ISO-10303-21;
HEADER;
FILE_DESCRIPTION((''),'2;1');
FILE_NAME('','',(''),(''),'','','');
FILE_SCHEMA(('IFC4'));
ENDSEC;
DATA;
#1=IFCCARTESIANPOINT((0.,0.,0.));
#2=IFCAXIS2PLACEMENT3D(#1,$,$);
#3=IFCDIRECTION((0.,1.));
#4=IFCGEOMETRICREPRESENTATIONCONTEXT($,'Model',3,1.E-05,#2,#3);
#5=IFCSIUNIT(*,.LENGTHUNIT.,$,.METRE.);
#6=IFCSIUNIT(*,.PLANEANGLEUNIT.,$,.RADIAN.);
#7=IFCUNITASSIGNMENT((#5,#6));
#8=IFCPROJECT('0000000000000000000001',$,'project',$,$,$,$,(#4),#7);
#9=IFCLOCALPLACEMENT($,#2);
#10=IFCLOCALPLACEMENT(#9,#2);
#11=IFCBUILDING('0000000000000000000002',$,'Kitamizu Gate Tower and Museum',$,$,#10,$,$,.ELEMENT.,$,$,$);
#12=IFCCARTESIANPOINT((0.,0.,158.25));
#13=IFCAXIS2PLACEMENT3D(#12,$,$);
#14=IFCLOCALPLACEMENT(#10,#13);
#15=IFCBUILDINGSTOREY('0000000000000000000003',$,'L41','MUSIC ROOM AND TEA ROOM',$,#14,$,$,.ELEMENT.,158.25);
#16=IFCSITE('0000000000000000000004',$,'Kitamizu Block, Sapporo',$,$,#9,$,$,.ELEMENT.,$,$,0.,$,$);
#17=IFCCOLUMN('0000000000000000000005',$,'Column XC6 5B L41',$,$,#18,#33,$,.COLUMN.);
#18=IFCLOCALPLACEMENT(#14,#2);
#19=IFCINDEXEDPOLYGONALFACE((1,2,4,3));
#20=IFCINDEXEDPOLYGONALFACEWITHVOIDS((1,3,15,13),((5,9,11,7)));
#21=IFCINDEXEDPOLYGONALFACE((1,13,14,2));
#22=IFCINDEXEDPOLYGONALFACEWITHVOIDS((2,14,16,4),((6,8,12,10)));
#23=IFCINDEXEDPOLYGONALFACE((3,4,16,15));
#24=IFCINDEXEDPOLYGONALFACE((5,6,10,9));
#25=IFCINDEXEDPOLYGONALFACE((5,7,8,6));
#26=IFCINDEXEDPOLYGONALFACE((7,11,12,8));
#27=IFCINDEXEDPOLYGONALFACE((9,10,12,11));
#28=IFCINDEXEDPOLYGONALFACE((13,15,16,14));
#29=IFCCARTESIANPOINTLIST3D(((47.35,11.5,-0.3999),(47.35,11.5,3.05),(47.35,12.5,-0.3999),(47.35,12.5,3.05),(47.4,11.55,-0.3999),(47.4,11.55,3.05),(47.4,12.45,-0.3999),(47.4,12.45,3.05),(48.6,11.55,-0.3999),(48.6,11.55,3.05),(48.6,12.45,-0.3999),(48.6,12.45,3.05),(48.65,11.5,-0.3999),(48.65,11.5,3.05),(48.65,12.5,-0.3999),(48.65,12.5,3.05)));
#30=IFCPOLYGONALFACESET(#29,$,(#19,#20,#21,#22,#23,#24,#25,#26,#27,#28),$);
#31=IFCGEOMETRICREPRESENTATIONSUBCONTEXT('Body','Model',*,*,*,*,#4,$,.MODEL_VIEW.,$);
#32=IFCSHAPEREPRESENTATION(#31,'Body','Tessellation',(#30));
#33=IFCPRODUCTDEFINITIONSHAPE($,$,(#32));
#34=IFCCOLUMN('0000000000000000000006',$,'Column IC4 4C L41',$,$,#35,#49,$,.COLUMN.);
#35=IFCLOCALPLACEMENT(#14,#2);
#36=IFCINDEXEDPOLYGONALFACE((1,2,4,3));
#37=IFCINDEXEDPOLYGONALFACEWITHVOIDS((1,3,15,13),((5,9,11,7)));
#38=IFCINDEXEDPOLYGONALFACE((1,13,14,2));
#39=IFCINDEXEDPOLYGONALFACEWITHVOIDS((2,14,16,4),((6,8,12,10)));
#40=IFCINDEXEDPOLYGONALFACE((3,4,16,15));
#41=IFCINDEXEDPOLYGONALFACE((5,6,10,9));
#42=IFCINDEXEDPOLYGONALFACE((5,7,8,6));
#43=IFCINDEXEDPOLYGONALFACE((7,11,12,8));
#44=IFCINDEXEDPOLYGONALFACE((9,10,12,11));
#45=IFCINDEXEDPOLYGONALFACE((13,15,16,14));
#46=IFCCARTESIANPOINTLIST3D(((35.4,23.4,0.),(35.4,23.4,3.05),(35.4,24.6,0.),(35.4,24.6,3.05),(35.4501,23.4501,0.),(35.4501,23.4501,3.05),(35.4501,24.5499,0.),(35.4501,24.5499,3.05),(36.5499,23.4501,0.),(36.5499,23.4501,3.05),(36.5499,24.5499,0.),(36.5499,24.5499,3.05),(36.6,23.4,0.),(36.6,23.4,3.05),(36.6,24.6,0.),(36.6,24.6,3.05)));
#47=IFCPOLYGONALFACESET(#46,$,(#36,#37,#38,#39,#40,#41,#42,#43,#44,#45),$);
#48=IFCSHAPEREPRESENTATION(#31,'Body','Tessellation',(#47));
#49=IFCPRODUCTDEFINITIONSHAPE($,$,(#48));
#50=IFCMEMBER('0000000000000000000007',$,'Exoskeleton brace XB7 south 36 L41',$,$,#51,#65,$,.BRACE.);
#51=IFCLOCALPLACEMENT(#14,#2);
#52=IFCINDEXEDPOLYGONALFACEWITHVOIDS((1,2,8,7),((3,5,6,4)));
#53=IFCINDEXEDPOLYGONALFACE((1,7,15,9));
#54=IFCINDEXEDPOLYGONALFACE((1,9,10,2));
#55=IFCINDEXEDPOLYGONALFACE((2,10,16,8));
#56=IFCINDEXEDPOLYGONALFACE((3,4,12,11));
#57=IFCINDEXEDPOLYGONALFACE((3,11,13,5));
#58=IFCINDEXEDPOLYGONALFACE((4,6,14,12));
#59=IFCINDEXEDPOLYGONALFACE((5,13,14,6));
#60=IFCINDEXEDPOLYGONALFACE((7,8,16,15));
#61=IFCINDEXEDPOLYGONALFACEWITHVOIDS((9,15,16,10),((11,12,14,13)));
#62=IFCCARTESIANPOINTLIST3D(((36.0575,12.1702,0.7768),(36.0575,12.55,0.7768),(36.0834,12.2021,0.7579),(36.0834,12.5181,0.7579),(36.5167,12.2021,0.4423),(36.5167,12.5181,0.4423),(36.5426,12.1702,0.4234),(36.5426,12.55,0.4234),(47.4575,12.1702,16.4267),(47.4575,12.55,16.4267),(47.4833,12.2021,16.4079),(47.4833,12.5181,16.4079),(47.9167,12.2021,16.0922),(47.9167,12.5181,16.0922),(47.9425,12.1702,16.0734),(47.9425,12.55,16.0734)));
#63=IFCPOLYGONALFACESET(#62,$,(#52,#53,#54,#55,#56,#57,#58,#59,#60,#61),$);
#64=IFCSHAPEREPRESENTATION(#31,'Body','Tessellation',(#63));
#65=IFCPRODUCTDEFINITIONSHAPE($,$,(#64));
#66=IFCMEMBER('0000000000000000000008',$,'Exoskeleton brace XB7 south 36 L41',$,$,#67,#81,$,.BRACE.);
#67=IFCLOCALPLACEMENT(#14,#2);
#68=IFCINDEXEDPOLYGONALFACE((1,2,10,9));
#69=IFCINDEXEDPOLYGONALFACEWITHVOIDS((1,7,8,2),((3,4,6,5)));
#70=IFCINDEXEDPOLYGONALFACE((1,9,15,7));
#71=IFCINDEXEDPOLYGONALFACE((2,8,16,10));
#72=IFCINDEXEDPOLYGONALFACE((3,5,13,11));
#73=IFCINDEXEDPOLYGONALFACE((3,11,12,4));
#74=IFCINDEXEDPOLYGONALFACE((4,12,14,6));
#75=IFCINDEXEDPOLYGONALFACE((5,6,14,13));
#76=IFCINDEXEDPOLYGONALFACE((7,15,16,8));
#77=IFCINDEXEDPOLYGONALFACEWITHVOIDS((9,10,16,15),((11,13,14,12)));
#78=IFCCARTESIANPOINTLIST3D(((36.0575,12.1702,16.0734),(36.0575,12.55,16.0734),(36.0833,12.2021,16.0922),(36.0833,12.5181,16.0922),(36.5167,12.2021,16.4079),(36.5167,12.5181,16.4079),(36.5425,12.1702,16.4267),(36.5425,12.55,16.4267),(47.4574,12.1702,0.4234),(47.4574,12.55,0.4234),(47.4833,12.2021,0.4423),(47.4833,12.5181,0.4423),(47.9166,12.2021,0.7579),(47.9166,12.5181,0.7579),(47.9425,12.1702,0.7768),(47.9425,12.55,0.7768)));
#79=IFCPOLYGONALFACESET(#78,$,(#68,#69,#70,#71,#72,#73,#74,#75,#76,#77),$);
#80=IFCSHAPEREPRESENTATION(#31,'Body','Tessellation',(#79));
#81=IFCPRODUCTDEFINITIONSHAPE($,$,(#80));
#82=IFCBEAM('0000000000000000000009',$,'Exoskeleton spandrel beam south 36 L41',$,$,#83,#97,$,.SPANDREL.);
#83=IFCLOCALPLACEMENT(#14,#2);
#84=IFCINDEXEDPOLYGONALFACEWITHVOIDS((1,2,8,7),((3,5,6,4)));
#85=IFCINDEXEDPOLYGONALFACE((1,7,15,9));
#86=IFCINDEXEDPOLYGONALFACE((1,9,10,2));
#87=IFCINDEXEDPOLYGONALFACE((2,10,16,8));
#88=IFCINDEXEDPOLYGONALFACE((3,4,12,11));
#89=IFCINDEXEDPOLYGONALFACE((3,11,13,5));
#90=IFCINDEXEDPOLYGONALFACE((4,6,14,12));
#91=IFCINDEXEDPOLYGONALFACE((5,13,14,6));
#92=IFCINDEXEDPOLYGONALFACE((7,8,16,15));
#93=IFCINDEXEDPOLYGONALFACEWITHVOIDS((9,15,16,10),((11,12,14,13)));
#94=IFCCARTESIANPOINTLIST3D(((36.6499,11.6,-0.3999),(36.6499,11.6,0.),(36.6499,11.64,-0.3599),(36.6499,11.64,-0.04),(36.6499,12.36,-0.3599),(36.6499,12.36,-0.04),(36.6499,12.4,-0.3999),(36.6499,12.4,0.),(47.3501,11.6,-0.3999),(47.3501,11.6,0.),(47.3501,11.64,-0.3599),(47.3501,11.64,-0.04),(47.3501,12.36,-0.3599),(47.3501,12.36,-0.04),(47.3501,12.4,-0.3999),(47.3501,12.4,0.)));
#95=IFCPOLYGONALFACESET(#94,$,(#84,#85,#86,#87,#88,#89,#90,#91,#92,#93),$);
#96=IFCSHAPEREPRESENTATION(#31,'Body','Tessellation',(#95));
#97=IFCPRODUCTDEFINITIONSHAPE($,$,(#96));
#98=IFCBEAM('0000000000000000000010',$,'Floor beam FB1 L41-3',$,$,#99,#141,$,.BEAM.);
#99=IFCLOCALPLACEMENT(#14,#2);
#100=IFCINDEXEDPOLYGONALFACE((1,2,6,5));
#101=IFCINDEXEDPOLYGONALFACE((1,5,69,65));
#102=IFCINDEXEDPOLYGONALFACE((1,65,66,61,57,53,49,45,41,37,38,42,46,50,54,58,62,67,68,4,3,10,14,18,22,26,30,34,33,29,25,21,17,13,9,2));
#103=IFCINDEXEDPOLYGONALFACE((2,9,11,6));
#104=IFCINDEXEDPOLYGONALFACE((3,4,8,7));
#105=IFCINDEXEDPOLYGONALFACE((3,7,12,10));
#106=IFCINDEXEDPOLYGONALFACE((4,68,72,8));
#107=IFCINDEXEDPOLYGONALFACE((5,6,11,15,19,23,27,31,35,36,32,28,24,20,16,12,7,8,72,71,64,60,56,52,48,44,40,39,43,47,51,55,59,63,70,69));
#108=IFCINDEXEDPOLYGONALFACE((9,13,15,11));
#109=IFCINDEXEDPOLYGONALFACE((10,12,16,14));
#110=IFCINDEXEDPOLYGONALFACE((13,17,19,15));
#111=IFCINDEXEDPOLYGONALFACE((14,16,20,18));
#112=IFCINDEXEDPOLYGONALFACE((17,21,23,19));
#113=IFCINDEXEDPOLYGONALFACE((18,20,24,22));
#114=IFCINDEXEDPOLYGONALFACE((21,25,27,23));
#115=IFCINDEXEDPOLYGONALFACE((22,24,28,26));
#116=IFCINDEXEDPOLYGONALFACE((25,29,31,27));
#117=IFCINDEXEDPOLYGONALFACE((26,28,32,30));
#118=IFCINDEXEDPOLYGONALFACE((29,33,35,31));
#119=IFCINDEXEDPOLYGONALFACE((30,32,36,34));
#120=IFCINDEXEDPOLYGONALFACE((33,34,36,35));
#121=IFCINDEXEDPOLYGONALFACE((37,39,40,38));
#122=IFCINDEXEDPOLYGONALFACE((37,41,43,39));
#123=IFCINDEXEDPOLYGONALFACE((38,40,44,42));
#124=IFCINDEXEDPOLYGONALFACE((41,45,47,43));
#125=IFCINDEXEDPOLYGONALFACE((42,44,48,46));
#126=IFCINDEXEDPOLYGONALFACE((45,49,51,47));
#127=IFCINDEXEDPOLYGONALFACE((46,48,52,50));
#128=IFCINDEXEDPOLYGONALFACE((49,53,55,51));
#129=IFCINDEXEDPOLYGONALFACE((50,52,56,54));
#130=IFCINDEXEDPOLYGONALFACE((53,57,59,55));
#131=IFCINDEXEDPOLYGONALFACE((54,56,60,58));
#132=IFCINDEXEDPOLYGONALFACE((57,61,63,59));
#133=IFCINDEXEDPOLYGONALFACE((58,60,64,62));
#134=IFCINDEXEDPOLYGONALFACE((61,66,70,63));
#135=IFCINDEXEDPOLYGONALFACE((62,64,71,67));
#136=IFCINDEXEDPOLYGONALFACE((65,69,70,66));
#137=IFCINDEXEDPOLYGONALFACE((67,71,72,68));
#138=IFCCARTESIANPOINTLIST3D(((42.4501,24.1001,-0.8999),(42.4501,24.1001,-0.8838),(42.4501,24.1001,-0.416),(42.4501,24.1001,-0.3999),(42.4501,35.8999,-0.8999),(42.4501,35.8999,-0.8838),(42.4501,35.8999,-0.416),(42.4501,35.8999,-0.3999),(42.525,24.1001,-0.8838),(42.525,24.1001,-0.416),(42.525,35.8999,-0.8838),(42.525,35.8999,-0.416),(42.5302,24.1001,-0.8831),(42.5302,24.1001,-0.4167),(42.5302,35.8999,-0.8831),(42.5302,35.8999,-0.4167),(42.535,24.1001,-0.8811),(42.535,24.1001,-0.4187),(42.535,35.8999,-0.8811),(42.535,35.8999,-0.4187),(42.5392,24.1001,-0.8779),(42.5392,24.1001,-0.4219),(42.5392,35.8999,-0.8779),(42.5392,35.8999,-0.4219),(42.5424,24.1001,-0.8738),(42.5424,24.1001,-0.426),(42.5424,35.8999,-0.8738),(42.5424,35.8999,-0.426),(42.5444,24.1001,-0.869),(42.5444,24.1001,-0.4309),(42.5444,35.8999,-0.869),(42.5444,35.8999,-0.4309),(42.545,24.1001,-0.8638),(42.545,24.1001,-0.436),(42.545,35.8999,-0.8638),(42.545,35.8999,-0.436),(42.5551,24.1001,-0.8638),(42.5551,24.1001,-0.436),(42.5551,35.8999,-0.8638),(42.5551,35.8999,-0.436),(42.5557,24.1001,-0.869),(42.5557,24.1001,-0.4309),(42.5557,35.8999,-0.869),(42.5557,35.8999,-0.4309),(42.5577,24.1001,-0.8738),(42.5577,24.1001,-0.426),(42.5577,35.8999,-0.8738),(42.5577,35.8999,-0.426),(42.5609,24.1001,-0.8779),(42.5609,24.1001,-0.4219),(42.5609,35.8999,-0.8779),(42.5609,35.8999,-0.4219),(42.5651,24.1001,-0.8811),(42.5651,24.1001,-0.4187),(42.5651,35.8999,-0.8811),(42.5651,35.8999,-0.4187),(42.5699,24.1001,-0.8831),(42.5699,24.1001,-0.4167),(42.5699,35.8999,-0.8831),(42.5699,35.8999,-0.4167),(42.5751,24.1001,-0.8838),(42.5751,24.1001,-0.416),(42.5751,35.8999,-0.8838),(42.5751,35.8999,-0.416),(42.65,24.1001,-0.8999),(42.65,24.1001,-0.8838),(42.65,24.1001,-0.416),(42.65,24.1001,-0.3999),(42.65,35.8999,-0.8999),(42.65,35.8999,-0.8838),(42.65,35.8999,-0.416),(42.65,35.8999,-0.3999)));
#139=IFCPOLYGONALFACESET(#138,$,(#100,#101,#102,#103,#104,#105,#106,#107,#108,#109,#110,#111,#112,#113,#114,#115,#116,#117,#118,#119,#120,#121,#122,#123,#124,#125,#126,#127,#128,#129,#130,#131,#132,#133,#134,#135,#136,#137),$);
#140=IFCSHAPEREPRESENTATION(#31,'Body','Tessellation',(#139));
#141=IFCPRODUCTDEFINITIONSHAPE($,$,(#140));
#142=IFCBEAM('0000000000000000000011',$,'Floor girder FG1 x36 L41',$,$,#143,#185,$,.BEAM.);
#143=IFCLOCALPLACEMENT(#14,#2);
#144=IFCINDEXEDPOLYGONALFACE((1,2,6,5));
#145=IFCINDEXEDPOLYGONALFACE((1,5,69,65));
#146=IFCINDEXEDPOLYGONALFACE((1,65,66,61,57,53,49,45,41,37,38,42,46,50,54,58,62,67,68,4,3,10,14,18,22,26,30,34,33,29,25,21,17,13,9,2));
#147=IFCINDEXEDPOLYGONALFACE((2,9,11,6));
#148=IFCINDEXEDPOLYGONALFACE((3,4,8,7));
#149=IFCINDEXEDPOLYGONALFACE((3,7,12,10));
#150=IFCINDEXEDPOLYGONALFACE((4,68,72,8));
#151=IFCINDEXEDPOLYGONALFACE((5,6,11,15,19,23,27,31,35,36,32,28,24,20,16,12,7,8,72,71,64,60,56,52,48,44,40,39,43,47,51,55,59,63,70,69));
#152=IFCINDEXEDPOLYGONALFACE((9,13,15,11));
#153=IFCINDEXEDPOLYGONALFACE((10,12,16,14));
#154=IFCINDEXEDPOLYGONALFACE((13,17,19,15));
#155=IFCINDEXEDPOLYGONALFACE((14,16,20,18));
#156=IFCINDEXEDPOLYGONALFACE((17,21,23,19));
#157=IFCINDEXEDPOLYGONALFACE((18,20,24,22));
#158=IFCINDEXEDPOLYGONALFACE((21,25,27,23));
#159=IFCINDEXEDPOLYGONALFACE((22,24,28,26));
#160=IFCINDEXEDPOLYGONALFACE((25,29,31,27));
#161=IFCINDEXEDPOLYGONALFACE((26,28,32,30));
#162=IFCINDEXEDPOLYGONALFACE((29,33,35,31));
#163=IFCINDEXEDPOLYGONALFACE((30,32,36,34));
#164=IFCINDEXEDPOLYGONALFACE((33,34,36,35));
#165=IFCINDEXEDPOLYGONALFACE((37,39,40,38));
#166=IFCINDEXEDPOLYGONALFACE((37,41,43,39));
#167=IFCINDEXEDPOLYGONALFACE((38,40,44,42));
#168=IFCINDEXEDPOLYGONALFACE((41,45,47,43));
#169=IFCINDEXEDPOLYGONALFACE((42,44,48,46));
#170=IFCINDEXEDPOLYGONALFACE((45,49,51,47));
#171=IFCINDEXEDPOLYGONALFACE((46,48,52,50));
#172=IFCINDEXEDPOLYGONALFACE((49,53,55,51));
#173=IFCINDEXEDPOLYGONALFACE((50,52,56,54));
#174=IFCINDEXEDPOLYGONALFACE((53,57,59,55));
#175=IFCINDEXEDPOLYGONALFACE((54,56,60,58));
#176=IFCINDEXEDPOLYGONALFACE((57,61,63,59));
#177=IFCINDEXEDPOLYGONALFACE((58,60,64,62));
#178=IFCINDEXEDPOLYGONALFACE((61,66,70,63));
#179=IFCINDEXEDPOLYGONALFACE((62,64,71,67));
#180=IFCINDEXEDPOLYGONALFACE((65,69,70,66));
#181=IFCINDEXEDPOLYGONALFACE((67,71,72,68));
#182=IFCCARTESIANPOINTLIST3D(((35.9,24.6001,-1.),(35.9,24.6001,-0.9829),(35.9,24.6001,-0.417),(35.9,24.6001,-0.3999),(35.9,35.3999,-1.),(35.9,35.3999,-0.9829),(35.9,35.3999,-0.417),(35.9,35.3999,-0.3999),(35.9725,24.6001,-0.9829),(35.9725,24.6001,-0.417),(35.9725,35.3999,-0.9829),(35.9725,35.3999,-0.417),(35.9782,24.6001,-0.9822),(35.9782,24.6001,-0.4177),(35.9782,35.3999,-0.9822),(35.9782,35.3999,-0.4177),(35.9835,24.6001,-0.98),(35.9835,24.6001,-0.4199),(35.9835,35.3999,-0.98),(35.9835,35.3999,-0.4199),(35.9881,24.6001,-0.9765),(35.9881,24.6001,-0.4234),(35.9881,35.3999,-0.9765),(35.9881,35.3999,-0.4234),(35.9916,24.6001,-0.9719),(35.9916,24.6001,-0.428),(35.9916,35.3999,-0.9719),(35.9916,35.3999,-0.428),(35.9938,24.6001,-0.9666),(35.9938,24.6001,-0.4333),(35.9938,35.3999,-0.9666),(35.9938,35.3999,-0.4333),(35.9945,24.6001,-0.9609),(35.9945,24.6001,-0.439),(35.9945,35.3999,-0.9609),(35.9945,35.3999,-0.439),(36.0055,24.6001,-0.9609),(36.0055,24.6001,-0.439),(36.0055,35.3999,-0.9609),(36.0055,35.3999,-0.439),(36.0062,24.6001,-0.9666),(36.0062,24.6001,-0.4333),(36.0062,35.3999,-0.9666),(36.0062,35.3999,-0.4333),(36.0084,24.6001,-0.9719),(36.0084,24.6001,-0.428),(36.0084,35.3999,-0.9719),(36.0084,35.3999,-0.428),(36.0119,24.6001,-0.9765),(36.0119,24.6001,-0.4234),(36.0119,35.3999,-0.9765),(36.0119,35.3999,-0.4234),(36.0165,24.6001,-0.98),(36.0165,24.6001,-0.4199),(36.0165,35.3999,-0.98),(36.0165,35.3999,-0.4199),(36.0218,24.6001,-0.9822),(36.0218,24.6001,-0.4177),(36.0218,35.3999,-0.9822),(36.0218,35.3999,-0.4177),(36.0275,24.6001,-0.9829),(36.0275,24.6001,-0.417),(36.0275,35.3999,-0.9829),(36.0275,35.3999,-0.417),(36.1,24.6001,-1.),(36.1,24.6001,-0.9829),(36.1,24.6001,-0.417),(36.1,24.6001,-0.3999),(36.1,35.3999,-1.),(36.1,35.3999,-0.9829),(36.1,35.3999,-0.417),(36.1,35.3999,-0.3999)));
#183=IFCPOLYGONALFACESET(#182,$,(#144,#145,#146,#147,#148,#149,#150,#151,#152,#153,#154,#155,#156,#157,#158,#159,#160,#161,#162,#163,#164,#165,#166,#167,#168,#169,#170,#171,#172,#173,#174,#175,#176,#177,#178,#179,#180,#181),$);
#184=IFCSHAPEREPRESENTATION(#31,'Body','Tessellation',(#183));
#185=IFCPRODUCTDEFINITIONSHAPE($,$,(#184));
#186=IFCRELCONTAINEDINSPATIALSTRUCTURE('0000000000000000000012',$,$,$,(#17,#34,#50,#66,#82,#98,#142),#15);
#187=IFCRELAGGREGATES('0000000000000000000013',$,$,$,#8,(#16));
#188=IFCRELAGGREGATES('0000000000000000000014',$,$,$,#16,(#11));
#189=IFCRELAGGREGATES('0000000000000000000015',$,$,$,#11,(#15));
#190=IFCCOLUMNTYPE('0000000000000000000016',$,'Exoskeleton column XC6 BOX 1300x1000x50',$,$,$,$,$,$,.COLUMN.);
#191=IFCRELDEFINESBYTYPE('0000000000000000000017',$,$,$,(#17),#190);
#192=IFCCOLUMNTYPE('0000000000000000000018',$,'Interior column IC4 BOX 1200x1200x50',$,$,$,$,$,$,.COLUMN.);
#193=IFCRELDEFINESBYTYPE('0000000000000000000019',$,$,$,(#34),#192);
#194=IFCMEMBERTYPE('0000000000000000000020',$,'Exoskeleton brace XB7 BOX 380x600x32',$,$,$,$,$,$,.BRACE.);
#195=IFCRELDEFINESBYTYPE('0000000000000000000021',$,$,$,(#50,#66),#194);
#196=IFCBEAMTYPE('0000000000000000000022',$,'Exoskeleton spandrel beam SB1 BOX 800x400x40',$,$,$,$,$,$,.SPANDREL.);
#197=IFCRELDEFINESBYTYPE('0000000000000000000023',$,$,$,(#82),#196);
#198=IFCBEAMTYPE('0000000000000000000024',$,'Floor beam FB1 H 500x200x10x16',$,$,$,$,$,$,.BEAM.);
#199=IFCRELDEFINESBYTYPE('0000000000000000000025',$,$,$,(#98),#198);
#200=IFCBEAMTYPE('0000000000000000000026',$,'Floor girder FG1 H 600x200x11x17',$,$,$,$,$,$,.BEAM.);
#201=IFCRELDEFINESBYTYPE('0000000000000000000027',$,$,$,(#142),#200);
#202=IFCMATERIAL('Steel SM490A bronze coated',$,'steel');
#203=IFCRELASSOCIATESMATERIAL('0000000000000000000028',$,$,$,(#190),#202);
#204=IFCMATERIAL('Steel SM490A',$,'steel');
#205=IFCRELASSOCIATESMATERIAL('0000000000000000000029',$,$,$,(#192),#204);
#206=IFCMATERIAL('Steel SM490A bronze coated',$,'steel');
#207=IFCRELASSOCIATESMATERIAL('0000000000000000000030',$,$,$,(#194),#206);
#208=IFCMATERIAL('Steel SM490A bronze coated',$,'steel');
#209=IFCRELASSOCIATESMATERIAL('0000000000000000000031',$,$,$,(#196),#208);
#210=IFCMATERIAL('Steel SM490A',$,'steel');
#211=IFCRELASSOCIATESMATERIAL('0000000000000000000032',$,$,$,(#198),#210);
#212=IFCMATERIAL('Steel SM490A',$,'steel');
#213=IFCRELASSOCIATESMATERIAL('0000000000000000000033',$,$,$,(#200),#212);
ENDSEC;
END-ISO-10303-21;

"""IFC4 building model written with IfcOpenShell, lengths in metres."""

from ifc_helpers import new_model, si_unit, direction, frame, origin, origin_2d, place, context, subcontext, project, spatial, hollow_rectangle, i_section, extrude, material, material_profile, profile_set, type_object, element, save


model = new_model("IFC4")

# Units and contexts
model_context = context("Model", 3, precision=1e-05, world=origin(), true_north=direction((0.0, 1.0)))
body_context = subcontext(model_context, "Body", "Model", "MODEL_VIEW")
ifc_project = project(units=[si_unit("LENGTHUNIT", "METRE"), si_unit("PLANEANGLEUNIT", "RADIAN")], contexts=[model_context])

# Site, building, storey
site_placement = place(None, origin())
site = spatial("IfcSite", under=ifc_project, at=site_placement, Name="Kitamizu Block, Sapporo", CompositionType="ELEMENT", RefElevation=0.0)
building_placement = place(site_placement, origin())
building = spatial("IfcBuilding", under=site, at=building_placement, Name="Kitamizu Gate Tower and Museum", CompositionType="ELEMENT")
storey_placement = place(building_placement, frame((0.0, 0.0, 158.25)))
storey = spatial("IfcBuildingStorey", under=building, at=storey_placement, Name="L41", Description="MUSIC ROOM AND TEA ROOM", CompositionType="ELEMENT", Elevation=158.25)

# Columns
ifc_material_1 = material(Name="Steel SM490A bronze coated", Category="steel")
ifc_material_profile_1 = material_profile(ifc_material_1, hollow_rectangle(XDim=1.3, YDim=1.0, WallThickness=0.05, at=origin_2d()), Name="BOX 1300x1000x50")
ifc_profile_set_1 = profile_set([ifc_material_profile_1], Name="Steel SM490A bronze coated")
column_type_1 = type_object("IfcColumnType", Name="Exoskeleton column XC6 BOX 1300x1000x50", PredefinedType="COLUMN", material=ifc_profile_set_1)
column_1_placement = place(storey_placement, frame((48.0, 12.0, -0.3999), z_axis=(0.0, 0.0, 1.0), x_axis=(1.0, 0.0, 0.0)))
element("IfcColumn", 1, at=column_1_placement, inside=storey, type_object=column_type_1, Name="Column XC6 5B L41", PredefinedType="COLUMN", context=body_context, shape_type="SweptSolid", body=[
    extrude(hollow_rectangle(XDim=1.3, YDim=1.0, WallThickness=0.05, at=origin_2d()), origin(), (0.0, 0.0, 1.0), 3.45),
])
ifc_material_2 = material(Name="Steel SM490A", Category="steel")
ifc_material_profile_2 = material_profile(ifc_material_2, hollow_rectangle(XDim=1.2, YDim=1.2, WallThickness=0.05, at=origin_2d()), Name="BOX 1200x1200x50")
ifc_profile_set_2 = profile_set([ifc_material_profile_2], Name="Steel SM490A")
column_type_2 = type_object("IfcColumnType", Name="Interior column IC4 BOX 1200x1200x50", PredefinedType="COLUMN", material=ifc_profile_set_2)
column_2_placement = place(storey_placement, frame((36.0, 24.0, 0.0), z_axis=(0.0, 0.0, 1.0), x_axis=(1.0, 0.0, 0.0)))
element("IfcColumn", 2, at=column_2_placement, inside=storey, type_object=column_type_2, Name="Column IC4 4C L41", PredefinedType="COLUMN", context=body_context, shape_type="SweptSolid", body=[
    extrude(hollow_rectangle(XDim=1.2, YDim=1.2, WallThickness=0.05, at=origin_2d()), origin(), (0.0, 0.0, 1.0), 3.05),
])

# Members
ifc_material_3 = material(Name="Steel SM490A bronze coated", Category="steel")
ifc_material_profile_3 = material_profile(ifc_material_3, hollow_rectangle(XDim=0.3799, YDim=0.6001, WallThickness=0.032, at=origin_2d()), Name="BOX 380x600x32")
ifc_profile_set_3 = profile_set([ifc_material_profile_3], Name="Steel SM490A bronze coated")
member_type = type_object("IfcMemberType", Name="Exoskeleton brace XB7 BOX 380x600x32", PredefinedType="BRACE", material=ifc_profile_set_3)
for number, where, z_axis, x_axis, name in (
    (3, (36.3, 12.3601, 0.6001), (0.588785, 0.0, 0.80829), (0.0, 1.0, 0.0), "Exoskeleton brace XB7 south 36 L41"),
    (4, (47.7, 12.3601, 0.6001), (-0.588785, 0.0, 0.80829), (0.0, -1.0, 0.0), "Exoskeleton brace XB7 south 36 L41"),
):
    element("IfcMember", number, at=place(storey_placement, frame(where, z_axis=z_axis, x_axis=x_axis)), inside=storey, type_object=member_type, Name=name, PredefinedType="BRACE", context=body_context, shape_type="SweptSolid", body=[
        extrude(hollow_rectangle(XDim=0.3799, YDim=0.6001, WallThickness=0.032, at=origin_2d()), origin(), (0.0, 0.0, 1.0), 19.3618),
    ])

# Beams
ifc_material_4 = material(Name="Steel SM490A bronze coated", Category="steel")
ifc_material_profile_4 = material_profile(ifc_material_4, hollow_rectangle(XDim=0.8, YDim=0.3999, WallThickness=0.04, at=origin_2d()), Name="BOX 800x400x40")
ifc_profile_set_4 = profile_set([ifc_material_profile_4], Name="Steel SM490A bronze coated")
beam_type_1 = type_object("IfcBeamType", Name="Exoskeleton spandrel beam SB1 BOX 800x400x40", PredefinedType="SPANDREL", material=ifc_profile_set_4)
beam_1_placement = place(storey_placement, frame((36.6499, 12.0, -0.2), z_axis=(1.0, 0.0, 0.0), x_axis=(0.0, 1.0, 0.0)))
element("IfcBeam", 5, at=beam_1_placement, inside=storey, type_object=beam_type_1, Name="Exoskeleton spandrel beam south 36 L41", PredefinedType="SPANDREL", context=body_context, shape_type="SweptSolid", body=[
    extrude(hollow_rectangle(XDim=0.8, YDim=0.3999, WallThickness=0.04, at=origin_2d()), origin(), (0.0, 0.0, 1.0), 10.7002),
])
ifc_material_5 = material(Name="Steel SM490A", Category="steel")
ifc_material_profile_5 = material_profile(ifc_material_5, i_section(OverallWidth=0.2, OverallDepth=0.5, WebThickness=0.01, FlangeThickness=0.0161, FilletRadius=0.02, at=origin_2d()), Name="H-500x200x10x16")
ifc_profile_set_5 = profile_set([ifc_material_profile_5], Name="Steel SM490A")
beam_type_2 = type_object("IfcBeamType", Name="Floor beam FB1 H 500x200x10x16", PredefinedType="BEAM", material=ifc_profile_set_5)
beam_2_placement = place(storey_placement, frame((42.55, 24.1001, -0.6499), z_axis=(0.0, 1.0, 0.0), x_axis=(-1.0, 0.0, 0.0)))
element("IfcBeam", 6, at=beam_2_placement, inside=storey, type_object=beam_type_2, Name="Floor beam FB1 L41-3", PredefinedType="BEAM", context=body_context, shape_type="SweptSolid", body=[
    extrude(i_section(OverallWidth=0.2, OverallDepth=0.5, WebThickness=0.01, FlangeThickness=0.0161, FilletRadius=0.02, at=origin_2d()), origin(), (0.0, 0.0, 1.0), 11.7998),
])
ifc_material_6 = material(Name="Steel SM490A", Category="steel")
ifc_material_profile_6 = material_profile(ifc_material_6, i_section(OverallWidth=0.2, OverallDepth=0.6001, WebThickness=0.011, FlangeThickness=0.0171, FilletRadius=0.022, at=origin_2d()), Name="H-600x200x11x17")
ifc_profile_set_6 = profile_set([ifc_material_profile_6], Name="Steel SM490A")
beam_type_3 = type_object("IfcBeamType", Name="Floor girder FG1 H 600x200x11x17", PredefinedType="BEAM", material=ifc_profile_set_6)
beam_3_placement = place(storey_placement, frame((36.0, 24.6001, -0.7), z_axis=(0.0, 1.0, 0.0), x_axis=(-1.0, 0.0, 0.0)))
element("IfcBeam", 7, at=beam_3_placement, inside=storey, type_object=beam_type_3, Name="Floor girder FG1 x36 L41", PredefinedType="BEAM", context=body_context, shape_type="SweptSolid", body=[
    extrude(i_section(OverallWidth=0.2, OverallDepth=0.6001, WebThickness=0.011, FlangeThickness=0.0171, FilletRadius=0.022, at=origin_2d()), origin(), (0.0, 0.0, 1.0), 10.7998),
])

save(model, "model.ifc")
